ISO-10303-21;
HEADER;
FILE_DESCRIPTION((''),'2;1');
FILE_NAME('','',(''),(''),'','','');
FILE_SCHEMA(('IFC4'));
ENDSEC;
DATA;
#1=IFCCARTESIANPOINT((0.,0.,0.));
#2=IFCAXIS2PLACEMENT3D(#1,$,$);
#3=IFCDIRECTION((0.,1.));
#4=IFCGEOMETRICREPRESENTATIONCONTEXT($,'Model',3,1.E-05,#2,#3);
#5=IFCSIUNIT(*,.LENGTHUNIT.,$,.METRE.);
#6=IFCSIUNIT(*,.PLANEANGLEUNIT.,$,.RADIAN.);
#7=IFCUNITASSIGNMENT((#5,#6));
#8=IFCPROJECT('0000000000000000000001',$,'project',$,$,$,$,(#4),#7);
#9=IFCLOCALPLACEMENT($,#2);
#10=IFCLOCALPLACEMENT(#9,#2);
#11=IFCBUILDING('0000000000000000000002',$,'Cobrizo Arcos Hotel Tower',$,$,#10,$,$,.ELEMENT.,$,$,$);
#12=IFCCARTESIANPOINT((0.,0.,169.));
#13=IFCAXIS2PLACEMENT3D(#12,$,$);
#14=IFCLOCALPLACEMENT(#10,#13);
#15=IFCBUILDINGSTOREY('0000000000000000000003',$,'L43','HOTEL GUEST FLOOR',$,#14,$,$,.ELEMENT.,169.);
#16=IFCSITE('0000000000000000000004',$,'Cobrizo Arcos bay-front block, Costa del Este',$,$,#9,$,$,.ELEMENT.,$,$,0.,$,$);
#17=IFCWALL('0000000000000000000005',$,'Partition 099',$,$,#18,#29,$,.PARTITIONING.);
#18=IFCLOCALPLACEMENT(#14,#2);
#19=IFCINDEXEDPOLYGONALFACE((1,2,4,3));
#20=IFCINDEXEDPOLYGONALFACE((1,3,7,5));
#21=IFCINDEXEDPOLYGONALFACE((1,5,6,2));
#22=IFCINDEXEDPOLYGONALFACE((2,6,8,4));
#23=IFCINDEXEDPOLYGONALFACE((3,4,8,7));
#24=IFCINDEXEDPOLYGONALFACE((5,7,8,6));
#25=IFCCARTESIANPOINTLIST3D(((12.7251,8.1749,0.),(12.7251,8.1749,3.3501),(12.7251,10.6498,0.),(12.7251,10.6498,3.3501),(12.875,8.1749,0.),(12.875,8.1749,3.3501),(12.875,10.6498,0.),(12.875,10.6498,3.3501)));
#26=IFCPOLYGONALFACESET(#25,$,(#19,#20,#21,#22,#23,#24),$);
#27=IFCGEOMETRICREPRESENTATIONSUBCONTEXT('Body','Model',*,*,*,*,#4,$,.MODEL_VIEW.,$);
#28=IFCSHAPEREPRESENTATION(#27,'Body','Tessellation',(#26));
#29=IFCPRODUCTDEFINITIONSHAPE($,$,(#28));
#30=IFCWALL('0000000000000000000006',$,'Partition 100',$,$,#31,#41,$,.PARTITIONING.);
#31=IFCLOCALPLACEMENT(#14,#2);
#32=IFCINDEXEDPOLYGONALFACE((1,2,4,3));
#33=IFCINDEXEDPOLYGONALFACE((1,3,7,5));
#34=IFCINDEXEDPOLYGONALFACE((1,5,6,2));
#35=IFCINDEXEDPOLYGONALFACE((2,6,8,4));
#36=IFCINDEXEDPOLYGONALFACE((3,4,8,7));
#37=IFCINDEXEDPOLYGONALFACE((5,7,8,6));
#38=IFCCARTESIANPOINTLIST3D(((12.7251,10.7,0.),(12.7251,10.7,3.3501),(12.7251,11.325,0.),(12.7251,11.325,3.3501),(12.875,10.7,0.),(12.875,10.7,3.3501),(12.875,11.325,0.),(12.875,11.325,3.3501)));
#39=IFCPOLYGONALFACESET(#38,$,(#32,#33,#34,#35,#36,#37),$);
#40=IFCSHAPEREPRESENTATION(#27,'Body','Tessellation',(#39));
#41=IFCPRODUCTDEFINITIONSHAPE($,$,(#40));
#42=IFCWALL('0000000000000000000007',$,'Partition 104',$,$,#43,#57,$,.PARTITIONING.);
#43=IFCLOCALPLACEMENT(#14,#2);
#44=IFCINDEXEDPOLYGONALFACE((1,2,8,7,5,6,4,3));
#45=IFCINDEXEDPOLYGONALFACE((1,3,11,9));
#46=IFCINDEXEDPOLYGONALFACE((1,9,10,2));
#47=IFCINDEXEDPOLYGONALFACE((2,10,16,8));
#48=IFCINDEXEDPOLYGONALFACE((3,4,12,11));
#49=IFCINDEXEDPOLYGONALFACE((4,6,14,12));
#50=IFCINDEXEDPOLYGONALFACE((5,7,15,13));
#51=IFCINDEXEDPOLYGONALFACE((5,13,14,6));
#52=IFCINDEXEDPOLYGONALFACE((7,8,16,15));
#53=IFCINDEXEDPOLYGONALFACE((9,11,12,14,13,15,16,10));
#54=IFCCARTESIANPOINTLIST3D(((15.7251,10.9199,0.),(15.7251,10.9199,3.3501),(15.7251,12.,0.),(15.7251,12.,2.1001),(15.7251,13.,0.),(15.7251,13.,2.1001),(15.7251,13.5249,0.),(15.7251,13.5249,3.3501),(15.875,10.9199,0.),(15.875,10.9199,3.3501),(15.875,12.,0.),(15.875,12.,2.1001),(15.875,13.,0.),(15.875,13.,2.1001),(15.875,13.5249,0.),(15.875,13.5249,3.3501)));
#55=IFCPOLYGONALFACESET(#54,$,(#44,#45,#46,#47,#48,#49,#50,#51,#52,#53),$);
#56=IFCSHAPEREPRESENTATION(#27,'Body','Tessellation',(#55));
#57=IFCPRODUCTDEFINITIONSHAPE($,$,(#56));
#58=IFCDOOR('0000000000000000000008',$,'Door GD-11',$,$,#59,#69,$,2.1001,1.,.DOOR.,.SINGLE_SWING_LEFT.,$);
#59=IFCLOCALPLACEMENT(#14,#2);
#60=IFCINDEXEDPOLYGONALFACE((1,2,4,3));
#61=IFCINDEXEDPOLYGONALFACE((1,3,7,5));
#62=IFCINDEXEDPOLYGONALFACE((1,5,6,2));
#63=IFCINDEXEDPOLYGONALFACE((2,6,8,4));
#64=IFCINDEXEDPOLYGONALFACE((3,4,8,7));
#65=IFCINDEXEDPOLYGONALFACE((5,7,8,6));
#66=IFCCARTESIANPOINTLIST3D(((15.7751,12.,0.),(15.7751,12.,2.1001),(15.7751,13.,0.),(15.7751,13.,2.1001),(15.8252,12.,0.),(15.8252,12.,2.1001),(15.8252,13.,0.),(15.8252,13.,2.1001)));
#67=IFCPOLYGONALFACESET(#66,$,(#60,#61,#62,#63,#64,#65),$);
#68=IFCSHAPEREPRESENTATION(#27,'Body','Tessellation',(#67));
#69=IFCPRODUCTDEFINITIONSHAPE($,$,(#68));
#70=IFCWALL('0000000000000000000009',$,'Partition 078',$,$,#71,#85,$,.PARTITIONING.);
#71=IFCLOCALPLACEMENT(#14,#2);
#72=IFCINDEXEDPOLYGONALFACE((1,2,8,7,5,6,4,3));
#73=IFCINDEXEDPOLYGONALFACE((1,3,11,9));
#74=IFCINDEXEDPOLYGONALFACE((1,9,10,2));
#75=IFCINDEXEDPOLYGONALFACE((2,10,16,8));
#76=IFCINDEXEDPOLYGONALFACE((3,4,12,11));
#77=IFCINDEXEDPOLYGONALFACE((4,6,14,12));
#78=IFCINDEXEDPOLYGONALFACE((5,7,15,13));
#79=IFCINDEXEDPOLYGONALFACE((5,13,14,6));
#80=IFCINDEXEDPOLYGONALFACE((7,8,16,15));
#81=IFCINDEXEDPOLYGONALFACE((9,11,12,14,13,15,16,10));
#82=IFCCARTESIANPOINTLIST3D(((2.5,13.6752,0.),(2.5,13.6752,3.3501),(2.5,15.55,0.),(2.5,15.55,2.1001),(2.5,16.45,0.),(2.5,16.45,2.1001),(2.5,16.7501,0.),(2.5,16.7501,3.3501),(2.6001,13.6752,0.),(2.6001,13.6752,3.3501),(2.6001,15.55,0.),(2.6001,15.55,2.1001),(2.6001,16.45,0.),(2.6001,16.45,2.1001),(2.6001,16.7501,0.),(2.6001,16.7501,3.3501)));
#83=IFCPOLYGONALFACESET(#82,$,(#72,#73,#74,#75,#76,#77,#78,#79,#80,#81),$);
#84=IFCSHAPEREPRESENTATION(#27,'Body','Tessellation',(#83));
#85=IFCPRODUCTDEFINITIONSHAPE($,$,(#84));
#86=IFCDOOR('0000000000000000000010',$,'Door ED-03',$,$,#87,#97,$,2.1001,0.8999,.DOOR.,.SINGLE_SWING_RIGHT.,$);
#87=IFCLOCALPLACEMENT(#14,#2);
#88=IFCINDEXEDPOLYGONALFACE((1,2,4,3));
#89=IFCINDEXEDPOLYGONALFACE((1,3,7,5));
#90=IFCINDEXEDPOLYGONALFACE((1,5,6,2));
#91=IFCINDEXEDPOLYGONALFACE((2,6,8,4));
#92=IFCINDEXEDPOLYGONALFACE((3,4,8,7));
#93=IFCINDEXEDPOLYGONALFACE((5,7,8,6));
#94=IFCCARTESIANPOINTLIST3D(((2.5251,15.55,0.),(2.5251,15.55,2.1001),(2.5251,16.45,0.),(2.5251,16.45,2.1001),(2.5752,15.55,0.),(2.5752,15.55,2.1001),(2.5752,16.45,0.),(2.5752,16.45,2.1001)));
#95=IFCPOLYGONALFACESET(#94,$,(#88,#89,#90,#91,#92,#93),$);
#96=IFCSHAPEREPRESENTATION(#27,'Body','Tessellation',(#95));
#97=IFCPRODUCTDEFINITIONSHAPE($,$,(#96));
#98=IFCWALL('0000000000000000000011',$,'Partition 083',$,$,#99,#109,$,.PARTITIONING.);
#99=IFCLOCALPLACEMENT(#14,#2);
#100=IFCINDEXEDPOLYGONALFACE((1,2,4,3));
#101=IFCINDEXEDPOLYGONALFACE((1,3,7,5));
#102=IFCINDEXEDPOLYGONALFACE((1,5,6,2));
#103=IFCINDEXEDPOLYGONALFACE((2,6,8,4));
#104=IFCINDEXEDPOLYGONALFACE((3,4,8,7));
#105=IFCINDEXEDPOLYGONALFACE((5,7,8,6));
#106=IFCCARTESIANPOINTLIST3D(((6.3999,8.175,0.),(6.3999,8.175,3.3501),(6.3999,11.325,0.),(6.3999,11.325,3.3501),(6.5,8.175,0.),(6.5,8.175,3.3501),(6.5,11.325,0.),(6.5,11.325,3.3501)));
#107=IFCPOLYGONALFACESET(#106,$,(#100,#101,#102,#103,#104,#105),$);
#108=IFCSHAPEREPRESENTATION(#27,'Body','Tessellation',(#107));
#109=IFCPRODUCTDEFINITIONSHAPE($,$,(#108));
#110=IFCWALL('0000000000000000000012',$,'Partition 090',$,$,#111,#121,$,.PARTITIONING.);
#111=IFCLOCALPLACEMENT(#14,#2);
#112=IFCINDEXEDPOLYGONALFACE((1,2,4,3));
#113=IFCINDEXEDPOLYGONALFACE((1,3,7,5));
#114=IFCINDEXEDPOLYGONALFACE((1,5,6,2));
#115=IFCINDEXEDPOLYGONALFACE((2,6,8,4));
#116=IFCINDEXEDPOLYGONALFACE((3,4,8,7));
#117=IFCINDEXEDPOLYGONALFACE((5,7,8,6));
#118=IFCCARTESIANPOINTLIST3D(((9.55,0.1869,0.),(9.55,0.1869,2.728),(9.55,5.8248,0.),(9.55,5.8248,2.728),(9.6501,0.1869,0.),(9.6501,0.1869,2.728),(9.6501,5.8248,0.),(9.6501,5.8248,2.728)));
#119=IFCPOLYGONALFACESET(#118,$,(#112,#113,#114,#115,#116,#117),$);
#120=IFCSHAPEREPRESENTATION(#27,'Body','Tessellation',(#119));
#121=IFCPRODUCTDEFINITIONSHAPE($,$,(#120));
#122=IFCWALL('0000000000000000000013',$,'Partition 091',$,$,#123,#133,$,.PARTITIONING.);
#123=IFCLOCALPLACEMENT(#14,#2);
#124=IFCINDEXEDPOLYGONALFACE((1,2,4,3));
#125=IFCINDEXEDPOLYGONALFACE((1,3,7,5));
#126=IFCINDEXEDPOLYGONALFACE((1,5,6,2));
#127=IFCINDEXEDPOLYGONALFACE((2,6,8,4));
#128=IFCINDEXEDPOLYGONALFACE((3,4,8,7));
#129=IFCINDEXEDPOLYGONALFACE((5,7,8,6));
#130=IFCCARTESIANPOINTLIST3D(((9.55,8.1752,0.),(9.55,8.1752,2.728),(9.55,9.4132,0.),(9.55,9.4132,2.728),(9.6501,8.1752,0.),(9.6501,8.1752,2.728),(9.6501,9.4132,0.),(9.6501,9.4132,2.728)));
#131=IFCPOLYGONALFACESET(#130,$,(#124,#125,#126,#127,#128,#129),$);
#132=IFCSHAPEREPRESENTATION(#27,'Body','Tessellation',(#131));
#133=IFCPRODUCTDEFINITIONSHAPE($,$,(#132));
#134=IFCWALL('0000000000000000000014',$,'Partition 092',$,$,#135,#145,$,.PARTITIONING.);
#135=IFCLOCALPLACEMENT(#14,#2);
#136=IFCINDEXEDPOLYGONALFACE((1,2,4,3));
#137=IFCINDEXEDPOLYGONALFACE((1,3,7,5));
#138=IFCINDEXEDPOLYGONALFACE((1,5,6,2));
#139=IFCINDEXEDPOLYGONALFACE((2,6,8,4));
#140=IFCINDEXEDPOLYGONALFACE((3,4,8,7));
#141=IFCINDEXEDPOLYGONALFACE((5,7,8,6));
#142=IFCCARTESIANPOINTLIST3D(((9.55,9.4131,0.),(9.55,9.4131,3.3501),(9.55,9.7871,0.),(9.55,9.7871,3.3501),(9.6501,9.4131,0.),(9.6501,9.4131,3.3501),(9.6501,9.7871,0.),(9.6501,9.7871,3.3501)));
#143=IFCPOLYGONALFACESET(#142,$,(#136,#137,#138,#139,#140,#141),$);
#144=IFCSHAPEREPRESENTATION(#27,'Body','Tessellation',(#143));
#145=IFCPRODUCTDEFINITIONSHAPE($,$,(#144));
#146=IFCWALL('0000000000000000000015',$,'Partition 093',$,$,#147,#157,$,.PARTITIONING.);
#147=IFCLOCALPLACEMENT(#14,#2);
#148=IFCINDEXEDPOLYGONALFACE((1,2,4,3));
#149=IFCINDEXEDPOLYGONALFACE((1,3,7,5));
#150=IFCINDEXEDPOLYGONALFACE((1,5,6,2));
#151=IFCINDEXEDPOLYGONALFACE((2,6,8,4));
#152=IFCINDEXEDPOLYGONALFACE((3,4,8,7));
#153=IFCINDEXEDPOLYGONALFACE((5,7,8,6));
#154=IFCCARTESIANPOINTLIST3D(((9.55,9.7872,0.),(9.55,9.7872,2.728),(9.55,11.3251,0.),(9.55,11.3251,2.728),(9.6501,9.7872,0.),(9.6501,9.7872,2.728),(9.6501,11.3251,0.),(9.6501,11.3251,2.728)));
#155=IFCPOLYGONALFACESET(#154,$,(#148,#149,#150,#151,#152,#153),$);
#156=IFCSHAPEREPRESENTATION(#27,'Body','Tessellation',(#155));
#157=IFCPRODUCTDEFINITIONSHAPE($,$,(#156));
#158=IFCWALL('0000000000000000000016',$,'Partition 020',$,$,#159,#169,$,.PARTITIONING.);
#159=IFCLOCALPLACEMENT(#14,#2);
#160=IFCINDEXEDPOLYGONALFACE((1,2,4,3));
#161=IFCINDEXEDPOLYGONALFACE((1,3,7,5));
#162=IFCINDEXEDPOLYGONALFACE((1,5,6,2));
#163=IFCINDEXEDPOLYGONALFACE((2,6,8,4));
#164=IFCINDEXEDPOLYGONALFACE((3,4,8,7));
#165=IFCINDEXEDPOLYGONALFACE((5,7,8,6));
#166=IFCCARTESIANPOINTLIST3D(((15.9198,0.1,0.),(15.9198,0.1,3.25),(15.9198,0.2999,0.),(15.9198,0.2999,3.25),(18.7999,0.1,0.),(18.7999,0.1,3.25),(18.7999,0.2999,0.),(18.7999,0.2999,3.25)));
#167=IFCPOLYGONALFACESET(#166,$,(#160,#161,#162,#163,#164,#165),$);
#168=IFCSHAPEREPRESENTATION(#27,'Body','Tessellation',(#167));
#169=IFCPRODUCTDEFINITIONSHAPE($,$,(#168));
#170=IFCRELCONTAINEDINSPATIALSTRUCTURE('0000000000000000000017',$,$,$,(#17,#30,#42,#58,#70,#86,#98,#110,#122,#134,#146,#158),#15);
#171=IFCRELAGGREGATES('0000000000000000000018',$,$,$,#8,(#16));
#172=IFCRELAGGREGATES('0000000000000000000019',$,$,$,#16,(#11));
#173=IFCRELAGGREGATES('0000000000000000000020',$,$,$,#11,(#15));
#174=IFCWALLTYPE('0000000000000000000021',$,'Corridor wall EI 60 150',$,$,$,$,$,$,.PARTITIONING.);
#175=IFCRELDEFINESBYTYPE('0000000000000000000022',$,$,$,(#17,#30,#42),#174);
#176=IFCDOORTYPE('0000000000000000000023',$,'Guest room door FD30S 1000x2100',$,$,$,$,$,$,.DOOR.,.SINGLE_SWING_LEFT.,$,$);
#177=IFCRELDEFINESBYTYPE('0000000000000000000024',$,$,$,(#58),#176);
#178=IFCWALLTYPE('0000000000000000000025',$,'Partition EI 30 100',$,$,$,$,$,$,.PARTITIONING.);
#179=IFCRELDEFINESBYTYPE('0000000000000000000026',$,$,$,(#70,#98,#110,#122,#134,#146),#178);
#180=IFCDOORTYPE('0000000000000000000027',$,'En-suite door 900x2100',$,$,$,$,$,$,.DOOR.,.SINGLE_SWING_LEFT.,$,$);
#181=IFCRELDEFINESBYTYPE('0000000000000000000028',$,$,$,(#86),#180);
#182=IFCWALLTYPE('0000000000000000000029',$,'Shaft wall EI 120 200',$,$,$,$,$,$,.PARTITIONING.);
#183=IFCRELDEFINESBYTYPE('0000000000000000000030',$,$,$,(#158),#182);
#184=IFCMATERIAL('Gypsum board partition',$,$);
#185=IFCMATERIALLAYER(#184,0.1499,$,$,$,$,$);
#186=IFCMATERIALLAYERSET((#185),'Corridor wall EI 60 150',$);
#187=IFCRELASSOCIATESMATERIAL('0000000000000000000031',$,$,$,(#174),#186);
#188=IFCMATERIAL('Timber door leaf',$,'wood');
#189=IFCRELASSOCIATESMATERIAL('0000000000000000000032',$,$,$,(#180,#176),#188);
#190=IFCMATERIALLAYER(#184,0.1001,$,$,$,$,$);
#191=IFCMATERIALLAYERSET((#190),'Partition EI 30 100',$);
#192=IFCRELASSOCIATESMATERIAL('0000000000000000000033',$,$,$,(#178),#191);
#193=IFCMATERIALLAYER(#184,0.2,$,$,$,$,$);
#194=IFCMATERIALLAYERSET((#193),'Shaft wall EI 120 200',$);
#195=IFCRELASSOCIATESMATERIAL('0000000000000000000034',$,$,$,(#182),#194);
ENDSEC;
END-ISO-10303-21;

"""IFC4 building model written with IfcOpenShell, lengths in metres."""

from ifc_helpers import new_model, si_unit, direction, frame, frame_2d, origin, place, context, subcontext, project, spatial, rectangle, extrude, material, layer, layer_set, type_object, element, fill, save


model = new_model("IFC4")

# Units and contexts
model_context = context("Model", 3, precision=1e-05, world=origin(), true_north=direction((0.0, 1.0)))
body_context = subcontext(model_context, "Body", "Model", "MODEL_VIEW")
ifc_project = project(units=[si_unit("LENGTHUNIT", "METRE"), si_unit("PLANEANGLEUNIT", "RADIAN")], contexts=[model_context])

# Site, building, storey
site_placement = place(None, origin())
site = spatial("IfcSite", under=ifc_project, at=site_placement, Name="Cobrizo Arcos bay-front block, Costa del Este", CompositionType="ELEMENT", RefElevation=0.0)
building_placement = place(site_placement, origin())
building = spatial("IfcBuilding", under=site, at=building_placement, Name="Cobrizo Arcos Hotel Tower", CompositionType="ELEMENT")
storey_placement = place(building_placement, frame((0.0, 0.0, 169.0)))
storey = spatial("IfcBuildingStorey", under=building, at=storey_placement, Name="L43", Description="HOTEL GUEST FLOOR", CompositionType="ELEMENT", Elevation=169.0)

# Shared definitions
ifc_material_1 = material(Name="Gypsum board partition")
ifc_layer_1 = layer(ifc_material_1, 0.1499)
ifc_layer_set_1 = layer_set([ifc_layer_1], Name="Corridor wall EI 60 150")
wall_type_1 = type_object("IfcWallType", Name="Corridor wall EI 60 150", PredefinedType="PARTITIONING", material=ifc_layer_set_1)

# Shared definitions
ifc_material_2 = material(Name="Timber door leaf", Category="wood")
door_type_1 = type_object("IfcDoorType", Name="En-suite door 900x2100", OperationType="SINGLE_SWING_LEFT", PredefinedType="DOOR", material=ifc_material_2)

# Walls
wall_1_placement = place(storey_placement, frame((12.8, 8.175, 0.0), z_axis=(0.0, 0.0, 1.0), x_axis=(0.0, 1.0, 0.0)))
element("IfcWall", 1, at=wall_1_placement, inside=storey, type_object=wall_type_1, Name="Partition 099", PredefinedType="PARTITIONING", context=body_context, shape_type="SweptSolid", body=[
    extrude(rectangle(XDim=2.4749, YDim=0.1499, at=frame_2d((1.2373, 0.0))), origin(), (0.0, 0.0, 1.0), 3.3501),
])
wall_2_placement = place(storey_placement, frame((12.8, 10.7, 0.0), z_axis=(0.0, 0.0, 1.0), x_axis=(0.0, 1.0, 0.0)))
element("IfcWall", 2, at=wall_2_placement, inside=storey, type_object=wall_type_1, Name="Partition 100", PredefinedType="PARTITIONING", context=body_context, shape_type="SweptSolid", body=[
    extrude(rectangle(XDim=0.625, YDim=0.1499, at=frame_2d((0.3125, 0.0))), origin(), (0.0, 0.0, 1.0), 3.3501),
])

# Walls, openings, doors
wall_3_placement = place(storey_placement, frame((15.8, 10.9199, 0.0), z_axis=(0.0, 0.0, 1.0), x_axis=(0.0, 1.0, 0.0)))
wall_3 = element("IfcWall", 3, at=wall_3_placement, inside=storey, type_object=wall_type_1, Name="Partition 104", PredefinedType="PARTITIONING", context=body_context, shape_type="SweptSolid", body=[
    extrude(rectangle(XDim=2.605, YDim=0.1499, at=frame_2d((1.3025, 0.0))), origin(), (0.0, 0.0, 1.0), 3.3501),
])
opening_1_placement = place(wall_3_placement, frame((1.0801, 0.0, 0.0)))
opening_1 = element("IfcOpeningElement", 4, at=opening_1_placement, cuts=wall_3, PredefinedType="OPENING", context=body_context, shape_type="SweptSolid", body=[
    extrude(rectangle(XDim=1.0, YDim=2.1001, at=frame_2d((0.5, 1.05))), frame((0.0, 0.0869, 0.0), z_axis=(0.0, -1.0, 0.0), x_axis=(1.0, 0.0, 0.0)), (0.0, 0.0, 1.0), 0.1738),
])
door_type_2 = type_object("IfcDoorType", Name="Guest room door FD30S 1000x2100", OperationType="SINGLE_SWING_LEFT", PredefinedType="DOOR", material=ifc_material_2)
door_1_placement = place(opening_1_placement, origin())
door_1 = element("IfcDoor", 5, at=door_1_placement, inside=storey, type_object=door_type_2, Name="Door GD-11", OperationType="SINGLE_SWING_LEFT", OverallHeight=2.1001, OverallWidth=1.0, PredefinedType="DOOR", context=body_context, shape_type="SweptSolid", body=[
    extrude(rectangle(XDim=1.0, YDim=2.1001, at=frame_2d((0.5, 1.05))), frame((0.0, 0.0249, 0.0), z_axis=(0.0, -1.0, 0.0), x_axis=(1.0, 0.0, 0.0)), (0.0, 0.0, 1.0), 0.05),
])
fill(opening_1, door_1)
ifc_layer_2 = layer(ifc_material_1, 0.1001)
ifc_layer_set_2 = layer_set([ifc_layer_2], Name="Partition EI 30 100")
wall_type_2 = type_object("IfcWallType", Name="Partition EI 30 100", PredefinedType="PARTITIONING", material=ifc_layer_set_2)
wall_4_placement = place(storey_placement, frame((2.55, 13.675, 0.0), z_axis=(0.0, 0.0, 1.0), x_axis=(0.0, 1.0, 0.0)))
wall_4 = element("IfcWall", 6, at=wall_4_placement, inside=storey, type_object=wall_type_2, Name="Partition 078", PredefinedType="PARTITIONING", context=body_context, shape_type="SweptSolid", body=[
    extrude(rectangle(XDim=3.075, YDim=0.1001, at=frame_2d((1.5376, 0.0))), origin(), (0.0, 0.0, 1.0), 3.3501),
])
opening_2_placement = place(wall_4_placement, frame((1.875, 0.0, 0.0)))
opening_2 = element("IfcOpeningElement", 7, at=opening_2_placement, cuts=wall_4, PredefinedType="OPENING", context=body_context, shape_type="SweptSolid", body=[
    extrude(rectangle(XDim=0.8999, YDim=2.1001, at=frame_2d((0.45, 1.05))), frame((0.0, 0.062, 0.0), z_axis=(0.0, -1.0, 0.0), x_axis=(1.0, 0.0, 0.0)), (0.0, 0.0, 1.0), 0.124),
])
door_2_placement = place(opening_2_placement, origin())
door_2 = element("IfcDoor", 8, at=door_2_placement, inside=storey, type_object=door_type_1, Name="Door ED-03", OperationType="SINGLE_SWING_RIGHT", OverallHeight=2.1001, OverallWidth=0.8999, PredefinedType="DOOR", context=body_context, shape_type="SweptSolid", body=[
    extrude(rectangle(XDim=0.8999, YDim=2.1001, at=frame_2d((0.45, 1.05))), frame((0.0, 0.0249, 0.0), z_axis=(0.0, -1.0, 0.0), x_axis=(1.0, 0.0, 0.0)), (0.0, 0.0, 1.0), 0.05),
])
fill(opening_2, door_2)

# Walls
wall_5_placement = place(storey_placement, frame((6.45, 8.175, 0.0), z_axis=(0.0, 0.0, 1.0), x_axis=(0.0, 1.0, 0.0)))
element("IfcWall", 9, at=wall_5_placement, inside=storey, type_object=wall_type_2, Name="Partition 083", PredefinedType="PARTITIONING", context=body_context, shape_type="SweptSolid", body=[
    extrude(rectangle(XDim=3.1499, YDim=0.1001, at=frame_2d((1.575, 0.0))), origin(), (0.0, 0.0, 1.0), 3.3501),
])
wall_6_placement = place(storey_placement, frame((9.6001, 0.187, 0.0), z_axis=(0.0, 0.0, 1.0), x_axis=(0.0, 1.0, 0.0)))
element("IfcWall", 10, at=wall_6_placement, inside=storey, type_object=wall_type_2, Name="Partition 090", PredefinedType="PARTITIONING", context=body_context, shape_type="SweptSolid", body=[
    extrude(rectangle(XDim=5.6379, YDim=0.1001, at=frame_2d((2.8188, 0.0))), origin(), (0.0, 0.0, 1.0), 2.728),
])
wall_7_placement = place(storey_placement, frame((9.6001, 8.175, 0.0), z_axis=(0.0, 0.0, 1.0), x_axis=(0.0, 1.0, 0.0)))
element("IfcWall", 11, at=wall_7_placement, inside=storey, type_object=wall_type_2, Name="Partition 091", PredefinedType="PARTITIONING", context=body_context, shape_type="SweptSolid", body=[
    extrude(rectangle(XDim=1.238, YDim=0.1001, at=frame_2d((0.6191, 0.0))), origin(), (0.0, 0.0, 1.0), 2.728),
])
wall_8_placement = place(storey_placement, frame((9.6001, 9.4131, 0.0), z_axis=(0.0, 0.0, 1.0), x_axis=(0.0, 1.0, 0.0)))
element("IfcWall", 12, at=wall_8_placement, inside=storey, type_object=wall_type_2, Name="Partition 092", PredefinedType="PARTITIONING", context=body_context, shape_type="SweptSolid", body=[
    extrude(rectangle(XDim=0.374, YDim=0.1001, at=frame_2d((0.187, 0.0))), origin(), (0.0, 0.0, 1.0), 3.3501),
])
wall_9_placement = place(storey_placement, frame((9.6001, 9.7871, 0.0), z_axis=(0.0, 0.0, 1.0), x_axis=(0.0, 1.0, 0.0)))
element("IfcWall", 13, at=wall_9_placement, inside=storey, type_object=wall_type_2, Name="Partition 093", PredefinedType="PARTITIONING", context=body_context, shape_type="SweptSolid", body=[
    extrude(rectangle(XDim=1.5378, YDim=0.1001, at=frame_2d((0.769, 0.0))), origin(), (0.0, 0.0, 1.0), 2.728),
])
ifc_layer_3 = layer(ifc_material_1, 0.2)
ifc_layer_set_3 = layer_set([ifc_layer_3], Name="Shaft wall EI 120 200")
wall_type_3 = type_object("IfcWallType", Name="Shaft wall EI 120 200", PredefinedType="PARTITIONING", material=ifc_layer_set_3)
wall_10_placement = place(storey_placement, frame((15.9199, 0.2, 0.0), z_axis=(0.0, 0.0, 1.0), x_axis=(1.0, 0.0, 0.0)))
element("IfcWall", 14, at=wall_10_placement, inside=storey, type_object=wall_type_3, Name="Partition 020", PredefinedType="PARTITIONING", context=body_context, shape_type="SweptSolid", body=[
    extrude(rectangle(XDim=2.8801, YDim=0.2, at=frame_2d((1.4399, 0.0))), origin(), (0.0, 0.0, 1.0), 3.25),
])

save(model, "model.ifc")
